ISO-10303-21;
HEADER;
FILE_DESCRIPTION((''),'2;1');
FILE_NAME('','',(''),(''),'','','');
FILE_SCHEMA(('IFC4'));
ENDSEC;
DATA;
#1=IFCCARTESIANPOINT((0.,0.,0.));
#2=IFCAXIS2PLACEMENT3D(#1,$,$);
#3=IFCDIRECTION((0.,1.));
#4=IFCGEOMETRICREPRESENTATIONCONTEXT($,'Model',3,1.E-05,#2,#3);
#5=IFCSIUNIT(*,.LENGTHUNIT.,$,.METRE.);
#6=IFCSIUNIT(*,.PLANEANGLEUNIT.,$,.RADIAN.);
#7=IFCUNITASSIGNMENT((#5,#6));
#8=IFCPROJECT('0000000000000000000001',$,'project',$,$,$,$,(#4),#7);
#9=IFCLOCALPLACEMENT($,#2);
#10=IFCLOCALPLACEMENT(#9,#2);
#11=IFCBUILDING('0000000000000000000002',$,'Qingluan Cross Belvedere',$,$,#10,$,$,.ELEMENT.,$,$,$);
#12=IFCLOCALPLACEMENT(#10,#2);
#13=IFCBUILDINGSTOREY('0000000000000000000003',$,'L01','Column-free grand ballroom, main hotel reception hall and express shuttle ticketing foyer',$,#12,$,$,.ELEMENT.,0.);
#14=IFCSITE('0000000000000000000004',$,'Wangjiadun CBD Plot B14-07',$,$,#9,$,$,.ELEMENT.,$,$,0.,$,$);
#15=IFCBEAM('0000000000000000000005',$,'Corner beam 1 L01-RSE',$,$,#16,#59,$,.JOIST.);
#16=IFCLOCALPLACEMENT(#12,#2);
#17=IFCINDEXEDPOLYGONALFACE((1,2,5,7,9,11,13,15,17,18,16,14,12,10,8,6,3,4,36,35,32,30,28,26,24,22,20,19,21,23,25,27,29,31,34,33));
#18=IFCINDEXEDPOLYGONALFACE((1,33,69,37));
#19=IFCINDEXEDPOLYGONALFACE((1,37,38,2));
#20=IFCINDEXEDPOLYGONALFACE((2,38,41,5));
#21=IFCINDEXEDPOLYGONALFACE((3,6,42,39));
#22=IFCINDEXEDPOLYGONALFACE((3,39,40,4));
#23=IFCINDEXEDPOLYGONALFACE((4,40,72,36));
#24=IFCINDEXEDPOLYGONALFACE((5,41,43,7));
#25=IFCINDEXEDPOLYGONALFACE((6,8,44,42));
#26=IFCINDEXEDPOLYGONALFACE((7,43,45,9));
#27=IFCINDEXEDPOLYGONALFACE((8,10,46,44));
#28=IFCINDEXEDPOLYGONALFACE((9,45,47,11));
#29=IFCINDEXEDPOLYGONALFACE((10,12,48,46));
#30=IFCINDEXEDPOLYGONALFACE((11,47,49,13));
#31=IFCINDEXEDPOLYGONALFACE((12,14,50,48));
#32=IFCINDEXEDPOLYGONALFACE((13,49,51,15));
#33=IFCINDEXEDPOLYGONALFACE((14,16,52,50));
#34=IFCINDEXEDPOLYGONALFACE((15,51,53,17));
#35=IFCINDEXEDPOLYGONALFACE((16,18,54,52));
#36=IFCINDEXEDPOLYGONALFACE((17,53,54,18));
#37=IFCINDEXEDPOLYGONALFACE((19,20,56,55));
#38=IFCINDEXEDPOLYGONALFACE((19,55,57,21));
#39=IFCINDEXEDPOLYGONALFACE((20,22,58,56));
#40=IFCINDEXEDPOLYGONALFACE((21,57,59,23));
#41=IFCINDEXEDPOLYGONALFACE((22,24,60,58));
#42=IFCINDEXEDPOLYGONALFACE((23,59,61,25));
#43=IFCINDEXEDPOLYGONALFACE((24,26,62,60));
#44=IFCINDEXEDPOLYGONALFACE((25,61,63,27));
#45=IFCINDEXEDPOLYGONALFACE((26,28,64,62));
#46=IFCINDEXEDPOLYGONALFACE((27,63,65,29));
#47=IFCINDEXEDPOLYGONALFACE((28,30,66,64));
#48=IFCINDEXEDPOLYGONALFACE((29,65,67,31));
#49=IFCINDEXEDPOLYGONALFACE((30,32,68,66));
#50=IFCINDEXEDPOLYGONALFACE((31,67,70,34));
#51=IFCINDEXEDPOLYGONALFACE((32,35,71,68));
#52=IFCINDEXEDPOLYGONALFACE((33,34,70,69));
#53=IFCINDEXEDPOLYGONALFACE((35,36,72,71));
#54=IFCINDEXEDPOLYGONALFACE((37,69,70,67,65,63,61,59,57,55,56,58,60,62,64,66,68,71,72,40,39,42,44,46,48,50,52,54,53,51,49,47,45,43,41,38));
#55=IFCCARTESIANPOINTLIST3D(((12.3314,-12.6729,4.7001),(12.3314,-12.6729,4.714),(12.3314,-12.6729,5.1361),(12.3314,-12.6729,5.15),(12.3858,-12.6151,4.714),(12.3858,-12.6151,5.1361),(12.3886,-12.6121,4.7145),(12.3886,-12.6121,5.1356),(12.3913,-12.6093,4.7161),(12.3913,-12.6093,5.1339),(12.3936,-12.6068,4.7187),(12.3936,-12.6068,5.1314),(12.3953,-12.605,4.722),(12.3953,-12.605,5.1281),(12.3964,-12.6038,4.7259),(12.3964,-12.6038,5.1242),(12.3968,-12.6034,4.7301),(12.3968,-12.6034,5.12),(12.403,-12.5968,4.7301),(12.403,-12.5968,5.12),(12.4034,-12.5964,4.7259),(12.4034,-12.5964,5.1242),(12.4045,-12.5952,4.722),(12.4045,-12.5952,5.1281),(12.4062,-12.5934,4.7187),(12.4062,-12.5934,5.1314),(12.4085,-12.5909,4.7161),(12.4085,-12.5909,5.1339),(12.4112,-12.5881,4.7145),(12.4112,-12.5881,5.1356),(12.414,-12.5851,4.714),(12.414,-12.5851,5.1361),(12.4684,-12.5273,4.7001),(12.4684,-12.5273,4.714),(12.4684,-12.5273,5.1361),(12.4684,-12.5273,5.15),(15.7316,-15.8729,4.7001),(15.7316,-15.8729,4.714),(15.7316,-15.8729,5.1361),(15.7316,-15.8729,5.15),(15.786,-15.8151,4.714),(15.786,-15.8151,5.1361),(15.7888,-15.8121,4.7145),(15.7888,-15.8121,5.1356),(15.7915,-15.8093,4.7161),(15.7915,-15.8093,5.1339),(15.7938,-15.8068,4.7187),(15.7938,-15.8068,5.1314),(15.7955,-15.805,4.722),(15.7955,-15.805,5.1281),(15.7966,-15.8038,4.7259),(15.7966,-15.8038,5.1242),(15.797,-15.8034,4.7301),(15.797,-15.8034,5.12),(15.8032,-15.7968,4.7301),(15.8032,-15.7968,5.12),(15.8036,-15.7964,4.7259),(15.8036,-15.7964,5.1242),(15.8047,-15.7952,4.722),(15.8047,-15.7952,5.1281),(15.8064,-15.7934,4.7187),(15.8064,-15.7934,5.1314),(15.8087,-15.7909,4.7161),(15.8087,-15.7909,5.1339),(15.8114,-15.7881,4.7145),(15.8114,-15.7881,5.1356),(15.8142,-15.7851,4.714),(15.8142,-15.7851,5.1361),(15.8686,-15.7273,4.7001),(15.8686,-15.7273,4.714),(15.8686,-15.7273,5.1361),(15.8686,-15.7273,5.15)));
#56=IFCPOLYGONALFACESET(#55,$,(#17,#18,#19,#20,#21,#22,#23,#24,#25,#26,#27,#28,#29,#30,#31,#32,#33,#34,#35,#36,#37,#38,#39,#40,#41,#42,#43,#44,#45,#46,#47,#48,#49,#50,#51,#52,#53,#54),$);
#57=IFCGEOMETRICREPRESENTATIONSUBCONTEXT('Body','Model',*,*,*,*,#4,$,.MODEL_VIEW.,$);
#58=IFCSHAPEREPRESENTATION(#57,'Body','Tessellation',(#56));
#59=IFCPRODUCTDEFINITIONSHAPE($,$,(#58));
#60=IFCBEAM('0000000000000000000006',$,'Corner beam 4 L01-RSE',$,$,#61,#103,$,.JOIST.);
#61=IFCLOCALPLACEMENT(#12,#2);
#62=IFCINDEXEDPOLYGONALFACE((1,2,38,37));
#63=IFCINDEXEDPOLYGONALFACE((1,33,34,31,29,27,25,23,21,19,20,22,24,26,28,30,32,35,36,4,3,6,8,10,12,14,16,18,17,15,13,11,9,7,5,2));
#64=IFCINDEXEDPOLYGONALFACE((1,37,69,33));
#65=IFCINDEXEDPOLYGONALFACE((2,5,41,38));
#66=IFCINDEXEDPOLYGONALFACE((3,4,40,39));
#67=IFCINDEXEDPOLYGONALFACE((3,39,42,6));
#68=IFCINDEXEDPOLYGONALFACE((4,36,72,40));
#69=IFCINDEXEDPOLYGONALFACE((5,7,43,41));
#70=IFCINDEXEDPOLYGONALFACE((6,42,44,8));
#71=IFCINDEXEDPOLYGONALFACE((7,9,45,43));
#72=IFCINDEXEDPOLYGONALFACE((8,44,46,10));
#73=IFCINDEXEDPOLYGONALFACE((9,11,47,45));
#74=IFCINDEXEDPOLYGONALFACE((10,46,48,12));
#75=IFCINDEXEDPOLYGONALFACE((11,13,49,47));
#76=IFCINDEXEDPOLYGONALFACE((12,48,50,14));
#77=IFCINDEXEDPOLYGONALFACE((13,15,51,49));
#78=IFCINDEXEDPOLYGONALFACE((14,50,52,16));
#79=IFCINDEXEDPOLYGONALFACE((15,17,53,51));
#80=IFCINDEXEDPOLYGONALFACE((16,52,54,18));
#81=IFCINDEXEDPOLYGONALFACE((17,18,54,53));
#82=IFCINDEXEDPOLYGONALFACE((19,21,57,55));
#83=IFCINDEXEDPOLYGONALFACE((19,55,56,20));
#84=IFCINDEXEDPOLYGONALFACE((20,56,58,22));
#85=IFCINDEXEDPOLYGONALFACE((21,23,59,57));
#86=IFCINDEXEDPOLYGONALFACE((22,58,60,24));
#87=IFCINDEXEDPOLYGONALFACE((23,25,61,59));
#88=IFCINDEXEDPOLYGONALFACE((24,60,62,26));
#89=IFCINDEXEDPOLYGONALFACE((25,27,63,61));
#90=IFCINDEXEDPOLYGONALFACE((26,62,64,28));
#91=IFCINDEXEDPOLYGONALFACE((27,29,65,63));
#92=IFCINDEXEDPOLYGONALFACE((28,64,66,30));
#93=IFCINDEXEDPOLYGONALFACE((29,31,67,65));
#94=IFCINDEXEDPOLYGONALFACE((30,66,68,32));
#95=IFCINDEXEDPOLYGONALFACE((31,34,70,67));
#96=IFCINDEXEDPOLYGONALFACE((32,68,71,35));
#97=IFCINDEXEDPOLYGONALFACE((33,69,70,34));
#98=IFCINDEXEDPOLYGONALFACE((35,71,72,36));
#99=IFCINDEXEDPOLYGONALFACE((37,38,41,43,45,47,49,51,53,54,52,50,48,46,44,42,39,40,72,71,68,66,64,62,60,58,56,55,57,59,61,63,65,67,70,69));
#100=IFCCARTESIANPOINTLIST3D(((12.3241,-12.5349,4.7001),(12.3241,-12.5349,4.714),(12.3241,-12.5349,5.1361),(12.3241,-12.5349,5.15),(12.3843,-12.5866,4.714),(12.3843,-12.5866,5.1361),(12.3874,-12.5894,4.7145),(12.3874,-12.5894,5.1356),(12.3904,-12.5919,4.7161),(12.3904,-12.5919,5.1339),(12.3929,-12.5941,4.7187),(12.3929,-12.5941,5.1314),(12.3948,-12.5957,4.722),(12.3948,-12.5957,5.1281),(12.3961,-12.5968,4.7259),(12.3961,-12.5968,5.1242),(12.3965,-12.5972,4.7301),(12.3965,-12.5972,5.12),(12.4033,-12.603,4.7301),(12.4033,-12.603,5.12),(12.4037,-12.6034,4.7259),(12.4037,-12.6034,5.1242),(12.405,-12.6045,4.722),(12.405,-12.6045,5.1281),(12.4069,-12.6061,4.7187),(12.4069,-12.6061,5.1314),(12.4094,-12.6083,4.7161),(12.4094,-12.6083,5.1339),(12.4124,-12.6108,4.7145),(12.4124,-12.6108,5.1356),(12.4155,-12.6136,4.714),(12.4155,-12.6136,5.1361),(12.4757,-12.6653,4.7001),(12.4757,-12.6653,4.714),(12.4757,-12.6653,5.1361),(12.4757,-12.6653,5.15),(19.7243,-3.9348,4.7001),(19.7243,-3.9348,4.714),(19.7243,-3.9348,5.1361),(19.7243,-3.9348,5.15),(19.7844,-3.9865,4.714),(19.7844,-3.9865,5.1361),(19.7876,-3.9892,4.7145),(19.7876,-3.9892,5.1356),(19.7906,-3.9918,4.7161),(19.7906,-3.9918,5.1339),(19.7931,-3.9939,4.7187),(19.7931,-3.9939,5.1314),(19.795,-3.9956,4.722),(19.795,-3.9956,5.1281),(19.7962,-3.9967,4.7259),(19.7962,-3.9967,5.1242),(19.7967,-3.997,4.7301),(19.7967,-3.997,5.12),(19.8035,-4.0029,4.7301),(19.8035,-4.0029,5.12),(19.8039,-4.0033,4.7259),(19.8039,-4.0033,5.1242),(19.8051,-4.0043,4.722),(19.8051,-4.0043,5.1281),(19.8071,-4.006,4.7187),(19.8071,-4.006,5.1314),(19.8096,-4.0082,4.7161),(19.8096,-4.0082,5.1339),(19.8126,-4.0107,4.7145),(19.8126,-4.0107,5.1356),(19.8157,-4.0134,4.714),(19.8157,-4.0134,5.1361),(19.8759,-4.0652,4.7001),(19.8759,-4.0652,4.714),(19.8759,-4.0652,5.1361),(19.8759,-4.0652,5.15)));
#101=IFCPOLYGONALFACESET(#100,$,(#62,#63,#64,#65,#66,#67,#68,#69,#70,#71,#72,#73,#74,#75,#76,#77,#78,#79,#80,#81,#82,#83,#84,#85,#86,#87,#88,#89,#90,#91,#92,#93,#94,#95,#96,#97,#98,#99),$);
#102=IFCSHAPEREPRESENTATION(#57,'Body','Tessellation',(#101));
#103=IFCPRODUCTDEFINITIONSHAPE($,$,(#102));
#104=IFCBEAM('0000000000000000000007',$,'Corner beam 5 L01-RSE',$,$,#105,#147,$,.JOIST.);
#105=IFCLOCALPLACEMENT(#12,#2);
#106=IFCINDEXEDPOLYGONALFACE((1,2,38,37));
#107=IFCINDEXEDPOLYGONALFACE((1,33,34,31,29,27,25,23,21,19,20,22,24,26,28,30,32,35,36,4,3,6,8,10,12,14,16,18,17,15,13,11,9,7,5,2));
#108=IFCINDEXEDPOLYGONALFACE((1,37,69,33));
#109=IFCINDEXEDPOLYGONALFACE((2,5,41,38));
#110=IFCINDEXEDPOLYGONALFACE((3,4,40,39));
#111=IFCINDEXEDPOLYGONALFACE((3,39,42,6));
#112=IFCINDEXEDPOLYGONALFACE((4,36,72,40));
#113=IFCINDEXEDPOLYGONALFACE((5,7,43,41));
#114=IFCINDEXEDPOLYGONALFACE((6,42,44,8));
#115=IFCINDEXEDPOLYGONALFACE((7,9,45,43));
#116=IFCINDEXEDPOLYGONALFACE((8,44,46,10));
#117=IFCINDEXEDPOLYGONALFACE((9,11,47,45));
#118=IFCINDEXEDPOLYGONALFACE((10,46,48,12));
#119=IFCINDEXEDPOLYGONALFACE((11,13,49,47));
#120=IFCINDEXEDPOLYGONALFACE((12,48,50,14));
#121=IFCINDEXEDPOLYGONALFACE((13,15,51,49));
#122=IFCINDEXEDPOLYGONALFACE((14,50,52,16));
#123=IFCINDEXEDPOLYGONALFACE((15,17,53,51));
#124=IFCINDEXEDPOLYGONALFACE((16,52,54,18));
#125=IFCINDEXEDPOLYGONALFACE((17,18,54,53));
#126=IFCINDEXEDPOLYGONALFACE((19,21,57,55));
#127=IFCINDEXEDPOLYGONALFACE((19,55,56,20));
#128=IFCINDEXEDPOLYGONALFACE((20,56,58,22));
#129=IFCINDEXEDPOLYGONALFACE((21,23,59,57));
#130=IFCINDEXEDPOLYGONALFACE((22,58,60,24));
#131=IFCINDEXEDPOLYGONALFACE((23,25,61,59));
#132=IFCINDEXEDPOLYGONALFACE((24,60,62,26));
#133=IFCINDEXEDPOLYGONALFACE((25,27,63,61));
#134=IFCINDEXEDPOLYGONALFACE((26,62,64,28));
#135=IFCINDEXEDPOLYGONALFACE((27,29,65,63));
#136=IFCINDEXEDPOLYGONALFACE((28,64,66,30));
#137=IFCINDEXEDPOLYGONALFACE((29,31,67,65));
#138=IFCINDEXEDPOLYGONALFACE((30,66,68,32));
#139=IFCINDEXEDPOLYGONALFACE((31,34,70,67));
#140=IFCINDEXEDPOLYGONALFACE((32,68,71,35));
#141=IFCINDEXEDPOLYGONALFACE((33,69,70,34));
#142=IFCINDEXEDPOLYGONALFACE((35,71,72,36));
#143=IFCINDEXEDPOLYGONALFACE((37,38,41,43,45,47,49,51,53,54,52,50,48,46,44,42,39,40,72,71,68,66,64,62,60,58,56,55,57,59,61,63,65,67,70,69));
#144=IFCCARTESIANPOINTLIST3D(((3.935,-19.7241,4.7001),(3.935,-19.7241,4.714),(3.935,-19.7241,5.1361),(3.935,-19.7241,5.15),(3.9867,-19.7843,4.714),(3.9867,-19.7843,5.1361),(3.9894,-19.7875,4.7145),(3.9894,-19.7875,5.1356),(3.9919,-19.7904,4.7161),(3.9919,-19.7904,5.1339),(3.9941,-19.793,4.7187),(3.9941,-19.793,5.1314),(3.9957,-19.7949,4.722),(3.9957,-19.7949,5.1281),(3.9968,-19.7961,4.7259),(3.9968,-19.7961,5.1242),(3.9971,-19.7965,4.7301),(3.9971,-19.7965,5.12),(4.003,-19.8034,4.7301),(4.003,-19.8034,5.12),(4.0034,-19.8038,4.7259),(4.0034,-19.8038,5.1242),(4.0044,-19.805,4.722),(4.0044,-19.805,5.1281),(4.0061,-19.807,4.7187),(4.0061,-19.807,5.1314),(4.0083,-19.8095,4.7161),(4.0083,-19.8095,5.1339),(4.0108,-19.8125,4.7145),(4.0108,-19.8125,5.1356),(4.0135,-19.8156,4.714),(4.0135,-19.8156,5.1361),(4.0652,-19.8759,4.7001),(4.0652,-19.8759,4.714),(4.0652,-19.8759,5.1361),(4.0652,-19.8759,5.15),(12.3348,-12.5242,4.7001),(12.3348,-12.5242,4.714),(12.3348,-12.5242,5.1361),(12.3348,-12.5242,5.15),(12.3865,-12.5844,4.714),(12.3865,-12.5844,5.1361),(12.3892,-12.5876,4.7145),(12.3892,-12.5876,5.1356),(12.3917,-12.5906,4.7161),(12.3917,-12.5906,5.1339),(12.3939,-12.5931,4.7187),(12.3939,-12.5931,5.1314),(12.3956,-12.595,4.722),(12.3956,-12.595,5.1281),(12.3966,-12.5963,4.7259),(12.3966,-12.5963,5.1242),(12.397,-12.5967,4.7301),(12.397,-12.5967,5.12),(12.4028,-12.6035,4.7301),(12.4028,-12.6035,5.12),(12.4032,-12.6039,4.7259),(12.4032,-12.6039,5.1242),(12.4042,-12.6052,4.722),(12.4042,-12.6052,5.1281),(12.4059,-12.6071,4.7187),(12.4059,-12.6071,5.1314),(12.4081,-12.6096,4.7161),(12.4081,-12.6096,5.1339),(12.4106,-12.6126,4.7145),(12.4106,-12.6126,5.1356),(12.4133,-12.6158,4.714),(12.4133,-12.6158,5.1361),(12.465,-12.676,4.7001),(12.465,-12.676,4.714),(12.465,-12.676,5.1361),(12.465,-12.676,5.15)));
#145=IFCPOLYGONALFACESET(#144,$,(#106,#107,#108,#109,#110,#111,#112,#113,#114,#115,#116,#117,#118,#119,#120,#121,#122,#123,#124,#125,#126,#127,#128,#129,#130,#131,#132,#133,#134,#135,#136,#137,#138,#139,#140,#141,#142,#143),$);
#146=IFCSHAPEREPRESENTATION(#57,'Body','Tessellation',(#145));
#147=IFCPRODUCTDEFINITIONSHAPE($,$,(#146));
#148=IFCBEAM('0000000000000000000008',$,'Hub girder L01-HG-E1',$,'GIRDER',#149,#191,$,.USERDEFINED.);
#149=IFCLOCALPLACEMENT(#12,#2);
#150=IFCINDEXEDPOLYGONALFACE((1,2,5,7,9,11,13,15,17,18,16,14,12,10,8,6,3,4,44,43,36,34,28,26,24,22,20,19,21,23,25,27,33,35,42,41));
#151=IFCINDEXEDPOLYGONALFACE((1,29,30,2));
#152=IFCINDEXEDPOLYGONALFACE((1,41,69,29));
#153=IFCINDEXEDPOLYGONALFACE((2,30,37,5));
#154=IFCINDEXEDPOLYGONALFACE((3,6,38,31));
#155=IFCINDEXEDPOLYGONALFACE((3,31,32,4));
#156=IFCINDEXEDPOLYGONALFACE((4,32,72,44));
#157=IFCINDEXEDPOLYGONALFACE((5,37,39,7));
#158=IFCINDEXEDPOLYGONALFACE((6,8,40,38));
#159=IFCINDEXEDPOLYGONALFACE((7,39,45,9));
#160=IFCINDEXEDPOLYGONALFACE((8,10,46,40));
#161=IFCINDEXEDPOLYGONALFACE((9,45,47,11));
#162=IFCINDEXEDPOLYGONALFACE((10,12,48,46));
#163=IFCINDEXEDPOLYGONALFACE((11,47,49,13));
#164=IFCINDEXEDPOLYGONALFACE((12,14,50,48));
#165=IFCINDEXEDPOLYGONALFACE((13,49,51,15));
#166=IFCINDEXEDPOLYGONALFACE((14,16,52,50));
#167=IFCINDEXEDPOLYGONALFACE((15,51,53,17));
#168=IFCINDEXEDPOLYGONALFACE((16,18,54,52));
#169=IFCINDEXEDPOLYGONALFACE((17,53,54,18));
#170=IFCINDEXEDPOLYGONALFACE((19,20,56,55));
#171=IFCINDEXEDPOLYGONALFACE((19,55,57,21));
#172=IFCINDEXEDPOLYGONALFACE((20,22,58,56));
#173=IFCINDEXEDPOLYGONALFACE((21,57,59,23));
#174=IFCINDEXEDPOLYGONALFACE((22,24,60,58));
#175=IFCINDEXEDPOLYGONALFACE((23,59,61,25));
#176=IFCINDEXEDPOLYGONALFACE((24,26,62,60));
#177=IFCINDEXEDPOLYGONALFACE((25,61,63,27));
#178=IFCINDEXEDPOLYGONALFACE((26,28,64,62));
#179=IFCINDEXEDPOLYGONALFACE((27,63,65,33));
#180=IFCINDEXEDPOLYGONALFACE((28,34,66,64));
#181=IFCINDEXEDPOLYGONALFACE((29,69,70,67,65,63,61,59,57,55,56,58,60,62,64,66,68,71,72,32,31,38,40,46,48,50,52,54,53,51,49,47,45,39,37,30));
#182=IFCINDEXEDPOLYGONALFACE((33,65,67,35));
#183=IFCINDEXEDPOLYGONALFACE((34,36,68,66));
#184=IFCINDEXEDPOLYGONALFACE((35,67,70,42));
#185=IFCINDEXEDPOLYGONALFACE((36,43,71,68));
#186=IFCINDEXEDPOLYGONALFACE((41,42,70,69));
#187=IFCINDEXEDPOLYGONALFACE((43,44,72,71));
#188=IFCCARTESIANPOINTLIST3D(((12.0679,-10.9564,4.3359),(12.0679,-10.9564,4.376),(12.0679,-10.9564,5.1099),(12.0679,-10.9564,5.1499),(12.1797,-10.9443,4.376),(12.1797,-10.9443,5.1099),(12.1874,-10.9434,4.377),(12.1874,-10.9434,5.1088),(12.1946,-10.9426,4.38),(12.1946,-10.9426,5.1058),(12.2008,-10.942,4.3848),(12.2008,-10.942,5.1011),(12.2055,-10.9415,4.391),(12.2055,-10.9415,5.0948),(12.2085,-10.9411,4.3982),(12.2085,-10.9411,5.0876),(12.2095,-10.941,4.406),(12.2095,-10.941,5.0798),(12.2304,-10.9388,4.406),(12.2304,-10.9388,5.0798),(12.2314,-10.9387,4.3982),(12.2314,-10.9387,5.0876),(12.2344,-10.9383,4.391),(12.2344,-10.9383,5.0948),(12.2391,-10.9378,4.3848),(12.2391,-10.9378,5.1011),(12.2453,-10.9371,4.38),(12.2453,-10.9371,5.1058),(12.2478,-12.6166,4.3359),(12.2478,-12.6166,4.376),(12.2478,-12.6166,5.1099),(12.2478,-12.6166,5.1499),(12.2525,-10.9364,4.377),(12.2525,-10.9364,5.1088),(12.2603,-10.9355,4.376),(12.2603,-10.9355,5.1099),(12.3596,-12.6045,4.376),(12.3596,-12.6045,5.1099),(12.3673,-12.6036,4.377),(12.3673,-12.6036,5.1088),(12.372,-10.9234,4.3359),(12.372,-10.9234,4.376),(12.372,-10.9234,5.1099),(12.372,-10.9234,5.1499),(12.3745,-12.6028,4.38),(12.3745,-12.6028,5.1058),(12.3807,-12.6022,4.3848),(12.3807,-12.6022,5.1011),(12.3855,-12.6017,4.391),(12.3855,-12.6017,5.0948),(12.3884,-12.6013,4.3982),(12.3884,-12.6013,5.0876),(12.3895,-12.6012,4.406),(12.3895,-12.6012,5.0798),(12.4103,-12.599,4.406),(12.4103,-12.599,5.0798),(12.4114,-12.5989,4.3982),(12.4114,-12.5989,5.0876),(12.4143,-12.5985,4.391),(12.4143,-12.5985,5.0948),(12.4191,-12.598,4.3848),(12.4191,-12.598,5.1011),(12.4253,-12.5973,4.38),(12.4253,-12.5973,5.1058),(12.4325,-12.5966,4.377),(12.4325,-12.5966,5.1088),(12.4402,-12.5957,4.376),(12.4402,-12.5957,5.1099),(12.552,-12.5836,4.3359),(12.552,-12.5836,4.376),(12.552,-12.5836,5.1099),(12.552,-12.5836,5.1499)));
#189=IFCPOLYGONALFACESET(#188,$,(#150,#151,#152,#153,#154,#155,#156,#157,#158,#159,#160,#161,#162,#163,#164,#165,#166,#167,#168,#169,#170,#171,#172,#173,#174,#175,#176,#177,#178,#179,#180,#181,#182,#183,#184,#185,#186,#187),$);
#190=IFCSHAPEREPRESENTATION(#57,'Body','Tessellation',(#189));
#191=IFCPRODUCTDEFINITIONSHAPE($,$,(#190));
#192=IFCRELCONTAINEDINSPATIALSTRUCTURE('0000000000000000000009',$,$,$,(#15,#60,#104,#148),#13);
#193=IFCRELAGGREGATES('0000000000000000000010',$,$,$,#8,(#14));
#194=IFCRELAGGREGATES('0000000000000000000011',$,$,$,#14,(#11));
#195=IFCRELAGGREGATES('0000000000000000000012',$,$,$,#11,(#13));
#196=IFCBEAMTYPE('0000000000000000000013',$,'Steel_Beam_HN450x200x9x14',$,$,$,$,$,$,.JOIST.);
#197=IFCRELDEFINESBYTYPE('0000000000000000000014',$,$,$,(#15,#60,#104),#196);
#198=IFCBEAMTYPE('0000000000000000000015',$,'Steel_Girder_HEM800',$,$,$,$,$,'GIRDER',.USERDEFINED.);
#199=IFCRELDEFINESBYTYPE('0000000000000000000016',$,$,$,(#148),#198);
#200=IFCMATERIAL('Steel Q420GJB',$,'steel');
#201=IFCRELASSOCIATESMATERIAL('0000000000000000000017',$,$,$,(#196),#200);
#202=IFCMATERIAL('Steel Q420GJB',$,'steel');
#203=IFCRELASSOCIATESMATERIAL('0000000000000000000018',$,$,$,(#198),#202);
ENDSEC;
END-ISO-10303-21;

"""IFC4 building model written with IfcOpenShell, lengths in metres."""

from ifc_helpers import new_model, si_unit, direction, frame, origin, origin_2d, place, context, subcontext, project, spatial, i_section, extrude, material, material_profile, profile_set, type_object, element, save


model = new_model("IFC4")

# Units and contexts
model_context = context("Model", 3, precision=1e-05, world=origin(), true_north=direction((0.0, 1.0)))
body_context = subcontext(model_context, "Body", "Model", "MODEL_VIEW")
ifc_project = project(units=[si_unit("LENGTHUNIT", "METRE"), si_unit("PLANEANGLEUNIT", "RADIAN")], contexts=[model_context])

# Site, building, storey
site_placement = place(None, origin())
site = spatial("IfcSite", under=ifc_project, at=site_placement, Name="Wangjiadun CBD Plot B14-07", CompositionType="ELEMENT", RefElevation=0.0)
building_placement = place(site_placement, origin())
building = spatial("IfcBuilding", under=site, at=building_placement, Name="Qingluan Cross Belvedere", CompositionType="ELEMENT")
storey_placement = place(building_placement, origin())
storey = spatial("IfcBuildingStorey", under=building, at=storey_placement, Name="L01", Description="Column-free grand ballroom, main hotel reception hall and express shuttle ticketing foyer", CompositionType="ELEMENT", Elevation=0.0)

# Beams
ifc_material_1 = material(Name="Steel Q420GJB", Category="steel")
ifc_material_profile_1 = material_profile(ifc_material_1, i_section(OverallWidth=0.2, OverallDepth=0.45, WebThickness=0.009, FlangeThickness=0.0139, FilletRadius=0.0161, at=origin_2d()), Name="HN450x200x9x14")
ifc_profile_set_1 = profile_set([ifc_material_profile_1], Name="Steel Q420GJB")
beam_type_1 = type_object("IfcBeamType", Name="Steel_Beam_HN450x200x9x14", PredefinedType="JOIST", material=ifc_profile_set_1)
beam_1_placement = place(storey_placement, frame((12.3999, -12.6001, 4.925), z_axis=(0.72822, -0.685343, 0.0), x_axis=(0.685343, 0.72822, 0.0)))
element("IfcBeam", 1, at=beam_1_placement, inside=storey, type_object=beam_type_1, Name="Corner beam 1 L01-RSE", PredefinedType="JOIST", context=body_context, shape_type="SweptSolid", body=[
    extrude(i_section(OverallWidth=0.2, OverallDepth=0.45, WebThickness=0.009, FlangeThickness=0.0139, FilletRadius=0.0161, at=origin_2d()), origin(), (0.0, 0.0, 1.0), 4.6692),
])
beam_2_placement = place(storey_placement, frame((12.3999, -12.6001, 4.925), z_axis=(0.652245, 0.758008, 0.0), x_axis=(-0.758008, 0.652245, 0.0)))
element("IfcBeam", 2, at=beam_2_placement, inside=storey, type_object=beam_type_1, Name="Corner beam 4 L01-RSE", PredefinedType="JOIST", context=body_context, shape_type="SweptSolid", body=[
    extrude(i_section(OverallWidth=0.2, OverallDepth=0.45, WebThickness=0.009, FlangeThickness=0.0139, FilletRadius=0.0161, at=origin_2d()), origin(), (0.0, 0.0, 1.0), 11.3457),
])
beam_3_placement = place(storey_placement, frame((12.3999, -12.6001, 4.925), z_axis=(-0.759255, -0.650793, 0.0), x_axis=(0.650793, -0.759255, 0.0)))
element("IfcBeam", 3, at=beam_3_placement, inside=storey, type_object=beam_type_1, Name="Corner beam 5 L01-RSE", PredefinedType="JOIST", context=body_context, shape_type="SweptSolid", body=[
    extrude(i_section(OverallWidth=0.2, OverallDepth=0.45, WebThickness=0.009, FlangeThickness=0.0139, FilletRadius=0.0161, at=origin_2d()), origin(), (0.0, 0.0, 1.0), 11.0632),
])
ifc_material_2 = material(Name="Steel Q420GJB", Category="steel")
ifc_material_profile_2 = material_profile(ifc_material_2, i_section(OverallWidth=0.3059, OverallDepth=0.814, WebThickness=0.021, FlangeThickness=0.04, FilletRadius=0.03, at=origin_2d()), Name="HEM800")
ifc_profile_set_2 = profile_set([ifc_material_profile_2], Name="Steel Q420GJB")
beam_type_2 = type_object("IfcBeamType", Name="Steel_Girder_HEM800", ElementType="GIRDER", PredefinedType="USERDEFINED", material=ifc_profile_set_2)
beam_4_placement = place(storey_placement, frame((12.3999, -12.6001, 4.7429), z_axis=(-0.107751, 0.994178, 0.0), x_axis=(-0.994178, -0.107751, 0.0)))
element("IfcBeam", 4, at=beam_4_placement, inside=storey, type_object=beam_type_2, Name="Hub girder L01-HG-E1", ObjectType="GIRDER", PredefinedType="USERDEFINED", context=body_context, shape_type="SweptSolid", body=[
    extrude(i_section(OverallWidth=0.3059, OverallDepth=0.814, WebThickness=0.021, FlangeThickness=0.04, FilletRadius=0.03, at=origin_2d()), origin(), (0.0, 0.0, 1.0), 1.6699),
])

save(model, "model.ifc")
